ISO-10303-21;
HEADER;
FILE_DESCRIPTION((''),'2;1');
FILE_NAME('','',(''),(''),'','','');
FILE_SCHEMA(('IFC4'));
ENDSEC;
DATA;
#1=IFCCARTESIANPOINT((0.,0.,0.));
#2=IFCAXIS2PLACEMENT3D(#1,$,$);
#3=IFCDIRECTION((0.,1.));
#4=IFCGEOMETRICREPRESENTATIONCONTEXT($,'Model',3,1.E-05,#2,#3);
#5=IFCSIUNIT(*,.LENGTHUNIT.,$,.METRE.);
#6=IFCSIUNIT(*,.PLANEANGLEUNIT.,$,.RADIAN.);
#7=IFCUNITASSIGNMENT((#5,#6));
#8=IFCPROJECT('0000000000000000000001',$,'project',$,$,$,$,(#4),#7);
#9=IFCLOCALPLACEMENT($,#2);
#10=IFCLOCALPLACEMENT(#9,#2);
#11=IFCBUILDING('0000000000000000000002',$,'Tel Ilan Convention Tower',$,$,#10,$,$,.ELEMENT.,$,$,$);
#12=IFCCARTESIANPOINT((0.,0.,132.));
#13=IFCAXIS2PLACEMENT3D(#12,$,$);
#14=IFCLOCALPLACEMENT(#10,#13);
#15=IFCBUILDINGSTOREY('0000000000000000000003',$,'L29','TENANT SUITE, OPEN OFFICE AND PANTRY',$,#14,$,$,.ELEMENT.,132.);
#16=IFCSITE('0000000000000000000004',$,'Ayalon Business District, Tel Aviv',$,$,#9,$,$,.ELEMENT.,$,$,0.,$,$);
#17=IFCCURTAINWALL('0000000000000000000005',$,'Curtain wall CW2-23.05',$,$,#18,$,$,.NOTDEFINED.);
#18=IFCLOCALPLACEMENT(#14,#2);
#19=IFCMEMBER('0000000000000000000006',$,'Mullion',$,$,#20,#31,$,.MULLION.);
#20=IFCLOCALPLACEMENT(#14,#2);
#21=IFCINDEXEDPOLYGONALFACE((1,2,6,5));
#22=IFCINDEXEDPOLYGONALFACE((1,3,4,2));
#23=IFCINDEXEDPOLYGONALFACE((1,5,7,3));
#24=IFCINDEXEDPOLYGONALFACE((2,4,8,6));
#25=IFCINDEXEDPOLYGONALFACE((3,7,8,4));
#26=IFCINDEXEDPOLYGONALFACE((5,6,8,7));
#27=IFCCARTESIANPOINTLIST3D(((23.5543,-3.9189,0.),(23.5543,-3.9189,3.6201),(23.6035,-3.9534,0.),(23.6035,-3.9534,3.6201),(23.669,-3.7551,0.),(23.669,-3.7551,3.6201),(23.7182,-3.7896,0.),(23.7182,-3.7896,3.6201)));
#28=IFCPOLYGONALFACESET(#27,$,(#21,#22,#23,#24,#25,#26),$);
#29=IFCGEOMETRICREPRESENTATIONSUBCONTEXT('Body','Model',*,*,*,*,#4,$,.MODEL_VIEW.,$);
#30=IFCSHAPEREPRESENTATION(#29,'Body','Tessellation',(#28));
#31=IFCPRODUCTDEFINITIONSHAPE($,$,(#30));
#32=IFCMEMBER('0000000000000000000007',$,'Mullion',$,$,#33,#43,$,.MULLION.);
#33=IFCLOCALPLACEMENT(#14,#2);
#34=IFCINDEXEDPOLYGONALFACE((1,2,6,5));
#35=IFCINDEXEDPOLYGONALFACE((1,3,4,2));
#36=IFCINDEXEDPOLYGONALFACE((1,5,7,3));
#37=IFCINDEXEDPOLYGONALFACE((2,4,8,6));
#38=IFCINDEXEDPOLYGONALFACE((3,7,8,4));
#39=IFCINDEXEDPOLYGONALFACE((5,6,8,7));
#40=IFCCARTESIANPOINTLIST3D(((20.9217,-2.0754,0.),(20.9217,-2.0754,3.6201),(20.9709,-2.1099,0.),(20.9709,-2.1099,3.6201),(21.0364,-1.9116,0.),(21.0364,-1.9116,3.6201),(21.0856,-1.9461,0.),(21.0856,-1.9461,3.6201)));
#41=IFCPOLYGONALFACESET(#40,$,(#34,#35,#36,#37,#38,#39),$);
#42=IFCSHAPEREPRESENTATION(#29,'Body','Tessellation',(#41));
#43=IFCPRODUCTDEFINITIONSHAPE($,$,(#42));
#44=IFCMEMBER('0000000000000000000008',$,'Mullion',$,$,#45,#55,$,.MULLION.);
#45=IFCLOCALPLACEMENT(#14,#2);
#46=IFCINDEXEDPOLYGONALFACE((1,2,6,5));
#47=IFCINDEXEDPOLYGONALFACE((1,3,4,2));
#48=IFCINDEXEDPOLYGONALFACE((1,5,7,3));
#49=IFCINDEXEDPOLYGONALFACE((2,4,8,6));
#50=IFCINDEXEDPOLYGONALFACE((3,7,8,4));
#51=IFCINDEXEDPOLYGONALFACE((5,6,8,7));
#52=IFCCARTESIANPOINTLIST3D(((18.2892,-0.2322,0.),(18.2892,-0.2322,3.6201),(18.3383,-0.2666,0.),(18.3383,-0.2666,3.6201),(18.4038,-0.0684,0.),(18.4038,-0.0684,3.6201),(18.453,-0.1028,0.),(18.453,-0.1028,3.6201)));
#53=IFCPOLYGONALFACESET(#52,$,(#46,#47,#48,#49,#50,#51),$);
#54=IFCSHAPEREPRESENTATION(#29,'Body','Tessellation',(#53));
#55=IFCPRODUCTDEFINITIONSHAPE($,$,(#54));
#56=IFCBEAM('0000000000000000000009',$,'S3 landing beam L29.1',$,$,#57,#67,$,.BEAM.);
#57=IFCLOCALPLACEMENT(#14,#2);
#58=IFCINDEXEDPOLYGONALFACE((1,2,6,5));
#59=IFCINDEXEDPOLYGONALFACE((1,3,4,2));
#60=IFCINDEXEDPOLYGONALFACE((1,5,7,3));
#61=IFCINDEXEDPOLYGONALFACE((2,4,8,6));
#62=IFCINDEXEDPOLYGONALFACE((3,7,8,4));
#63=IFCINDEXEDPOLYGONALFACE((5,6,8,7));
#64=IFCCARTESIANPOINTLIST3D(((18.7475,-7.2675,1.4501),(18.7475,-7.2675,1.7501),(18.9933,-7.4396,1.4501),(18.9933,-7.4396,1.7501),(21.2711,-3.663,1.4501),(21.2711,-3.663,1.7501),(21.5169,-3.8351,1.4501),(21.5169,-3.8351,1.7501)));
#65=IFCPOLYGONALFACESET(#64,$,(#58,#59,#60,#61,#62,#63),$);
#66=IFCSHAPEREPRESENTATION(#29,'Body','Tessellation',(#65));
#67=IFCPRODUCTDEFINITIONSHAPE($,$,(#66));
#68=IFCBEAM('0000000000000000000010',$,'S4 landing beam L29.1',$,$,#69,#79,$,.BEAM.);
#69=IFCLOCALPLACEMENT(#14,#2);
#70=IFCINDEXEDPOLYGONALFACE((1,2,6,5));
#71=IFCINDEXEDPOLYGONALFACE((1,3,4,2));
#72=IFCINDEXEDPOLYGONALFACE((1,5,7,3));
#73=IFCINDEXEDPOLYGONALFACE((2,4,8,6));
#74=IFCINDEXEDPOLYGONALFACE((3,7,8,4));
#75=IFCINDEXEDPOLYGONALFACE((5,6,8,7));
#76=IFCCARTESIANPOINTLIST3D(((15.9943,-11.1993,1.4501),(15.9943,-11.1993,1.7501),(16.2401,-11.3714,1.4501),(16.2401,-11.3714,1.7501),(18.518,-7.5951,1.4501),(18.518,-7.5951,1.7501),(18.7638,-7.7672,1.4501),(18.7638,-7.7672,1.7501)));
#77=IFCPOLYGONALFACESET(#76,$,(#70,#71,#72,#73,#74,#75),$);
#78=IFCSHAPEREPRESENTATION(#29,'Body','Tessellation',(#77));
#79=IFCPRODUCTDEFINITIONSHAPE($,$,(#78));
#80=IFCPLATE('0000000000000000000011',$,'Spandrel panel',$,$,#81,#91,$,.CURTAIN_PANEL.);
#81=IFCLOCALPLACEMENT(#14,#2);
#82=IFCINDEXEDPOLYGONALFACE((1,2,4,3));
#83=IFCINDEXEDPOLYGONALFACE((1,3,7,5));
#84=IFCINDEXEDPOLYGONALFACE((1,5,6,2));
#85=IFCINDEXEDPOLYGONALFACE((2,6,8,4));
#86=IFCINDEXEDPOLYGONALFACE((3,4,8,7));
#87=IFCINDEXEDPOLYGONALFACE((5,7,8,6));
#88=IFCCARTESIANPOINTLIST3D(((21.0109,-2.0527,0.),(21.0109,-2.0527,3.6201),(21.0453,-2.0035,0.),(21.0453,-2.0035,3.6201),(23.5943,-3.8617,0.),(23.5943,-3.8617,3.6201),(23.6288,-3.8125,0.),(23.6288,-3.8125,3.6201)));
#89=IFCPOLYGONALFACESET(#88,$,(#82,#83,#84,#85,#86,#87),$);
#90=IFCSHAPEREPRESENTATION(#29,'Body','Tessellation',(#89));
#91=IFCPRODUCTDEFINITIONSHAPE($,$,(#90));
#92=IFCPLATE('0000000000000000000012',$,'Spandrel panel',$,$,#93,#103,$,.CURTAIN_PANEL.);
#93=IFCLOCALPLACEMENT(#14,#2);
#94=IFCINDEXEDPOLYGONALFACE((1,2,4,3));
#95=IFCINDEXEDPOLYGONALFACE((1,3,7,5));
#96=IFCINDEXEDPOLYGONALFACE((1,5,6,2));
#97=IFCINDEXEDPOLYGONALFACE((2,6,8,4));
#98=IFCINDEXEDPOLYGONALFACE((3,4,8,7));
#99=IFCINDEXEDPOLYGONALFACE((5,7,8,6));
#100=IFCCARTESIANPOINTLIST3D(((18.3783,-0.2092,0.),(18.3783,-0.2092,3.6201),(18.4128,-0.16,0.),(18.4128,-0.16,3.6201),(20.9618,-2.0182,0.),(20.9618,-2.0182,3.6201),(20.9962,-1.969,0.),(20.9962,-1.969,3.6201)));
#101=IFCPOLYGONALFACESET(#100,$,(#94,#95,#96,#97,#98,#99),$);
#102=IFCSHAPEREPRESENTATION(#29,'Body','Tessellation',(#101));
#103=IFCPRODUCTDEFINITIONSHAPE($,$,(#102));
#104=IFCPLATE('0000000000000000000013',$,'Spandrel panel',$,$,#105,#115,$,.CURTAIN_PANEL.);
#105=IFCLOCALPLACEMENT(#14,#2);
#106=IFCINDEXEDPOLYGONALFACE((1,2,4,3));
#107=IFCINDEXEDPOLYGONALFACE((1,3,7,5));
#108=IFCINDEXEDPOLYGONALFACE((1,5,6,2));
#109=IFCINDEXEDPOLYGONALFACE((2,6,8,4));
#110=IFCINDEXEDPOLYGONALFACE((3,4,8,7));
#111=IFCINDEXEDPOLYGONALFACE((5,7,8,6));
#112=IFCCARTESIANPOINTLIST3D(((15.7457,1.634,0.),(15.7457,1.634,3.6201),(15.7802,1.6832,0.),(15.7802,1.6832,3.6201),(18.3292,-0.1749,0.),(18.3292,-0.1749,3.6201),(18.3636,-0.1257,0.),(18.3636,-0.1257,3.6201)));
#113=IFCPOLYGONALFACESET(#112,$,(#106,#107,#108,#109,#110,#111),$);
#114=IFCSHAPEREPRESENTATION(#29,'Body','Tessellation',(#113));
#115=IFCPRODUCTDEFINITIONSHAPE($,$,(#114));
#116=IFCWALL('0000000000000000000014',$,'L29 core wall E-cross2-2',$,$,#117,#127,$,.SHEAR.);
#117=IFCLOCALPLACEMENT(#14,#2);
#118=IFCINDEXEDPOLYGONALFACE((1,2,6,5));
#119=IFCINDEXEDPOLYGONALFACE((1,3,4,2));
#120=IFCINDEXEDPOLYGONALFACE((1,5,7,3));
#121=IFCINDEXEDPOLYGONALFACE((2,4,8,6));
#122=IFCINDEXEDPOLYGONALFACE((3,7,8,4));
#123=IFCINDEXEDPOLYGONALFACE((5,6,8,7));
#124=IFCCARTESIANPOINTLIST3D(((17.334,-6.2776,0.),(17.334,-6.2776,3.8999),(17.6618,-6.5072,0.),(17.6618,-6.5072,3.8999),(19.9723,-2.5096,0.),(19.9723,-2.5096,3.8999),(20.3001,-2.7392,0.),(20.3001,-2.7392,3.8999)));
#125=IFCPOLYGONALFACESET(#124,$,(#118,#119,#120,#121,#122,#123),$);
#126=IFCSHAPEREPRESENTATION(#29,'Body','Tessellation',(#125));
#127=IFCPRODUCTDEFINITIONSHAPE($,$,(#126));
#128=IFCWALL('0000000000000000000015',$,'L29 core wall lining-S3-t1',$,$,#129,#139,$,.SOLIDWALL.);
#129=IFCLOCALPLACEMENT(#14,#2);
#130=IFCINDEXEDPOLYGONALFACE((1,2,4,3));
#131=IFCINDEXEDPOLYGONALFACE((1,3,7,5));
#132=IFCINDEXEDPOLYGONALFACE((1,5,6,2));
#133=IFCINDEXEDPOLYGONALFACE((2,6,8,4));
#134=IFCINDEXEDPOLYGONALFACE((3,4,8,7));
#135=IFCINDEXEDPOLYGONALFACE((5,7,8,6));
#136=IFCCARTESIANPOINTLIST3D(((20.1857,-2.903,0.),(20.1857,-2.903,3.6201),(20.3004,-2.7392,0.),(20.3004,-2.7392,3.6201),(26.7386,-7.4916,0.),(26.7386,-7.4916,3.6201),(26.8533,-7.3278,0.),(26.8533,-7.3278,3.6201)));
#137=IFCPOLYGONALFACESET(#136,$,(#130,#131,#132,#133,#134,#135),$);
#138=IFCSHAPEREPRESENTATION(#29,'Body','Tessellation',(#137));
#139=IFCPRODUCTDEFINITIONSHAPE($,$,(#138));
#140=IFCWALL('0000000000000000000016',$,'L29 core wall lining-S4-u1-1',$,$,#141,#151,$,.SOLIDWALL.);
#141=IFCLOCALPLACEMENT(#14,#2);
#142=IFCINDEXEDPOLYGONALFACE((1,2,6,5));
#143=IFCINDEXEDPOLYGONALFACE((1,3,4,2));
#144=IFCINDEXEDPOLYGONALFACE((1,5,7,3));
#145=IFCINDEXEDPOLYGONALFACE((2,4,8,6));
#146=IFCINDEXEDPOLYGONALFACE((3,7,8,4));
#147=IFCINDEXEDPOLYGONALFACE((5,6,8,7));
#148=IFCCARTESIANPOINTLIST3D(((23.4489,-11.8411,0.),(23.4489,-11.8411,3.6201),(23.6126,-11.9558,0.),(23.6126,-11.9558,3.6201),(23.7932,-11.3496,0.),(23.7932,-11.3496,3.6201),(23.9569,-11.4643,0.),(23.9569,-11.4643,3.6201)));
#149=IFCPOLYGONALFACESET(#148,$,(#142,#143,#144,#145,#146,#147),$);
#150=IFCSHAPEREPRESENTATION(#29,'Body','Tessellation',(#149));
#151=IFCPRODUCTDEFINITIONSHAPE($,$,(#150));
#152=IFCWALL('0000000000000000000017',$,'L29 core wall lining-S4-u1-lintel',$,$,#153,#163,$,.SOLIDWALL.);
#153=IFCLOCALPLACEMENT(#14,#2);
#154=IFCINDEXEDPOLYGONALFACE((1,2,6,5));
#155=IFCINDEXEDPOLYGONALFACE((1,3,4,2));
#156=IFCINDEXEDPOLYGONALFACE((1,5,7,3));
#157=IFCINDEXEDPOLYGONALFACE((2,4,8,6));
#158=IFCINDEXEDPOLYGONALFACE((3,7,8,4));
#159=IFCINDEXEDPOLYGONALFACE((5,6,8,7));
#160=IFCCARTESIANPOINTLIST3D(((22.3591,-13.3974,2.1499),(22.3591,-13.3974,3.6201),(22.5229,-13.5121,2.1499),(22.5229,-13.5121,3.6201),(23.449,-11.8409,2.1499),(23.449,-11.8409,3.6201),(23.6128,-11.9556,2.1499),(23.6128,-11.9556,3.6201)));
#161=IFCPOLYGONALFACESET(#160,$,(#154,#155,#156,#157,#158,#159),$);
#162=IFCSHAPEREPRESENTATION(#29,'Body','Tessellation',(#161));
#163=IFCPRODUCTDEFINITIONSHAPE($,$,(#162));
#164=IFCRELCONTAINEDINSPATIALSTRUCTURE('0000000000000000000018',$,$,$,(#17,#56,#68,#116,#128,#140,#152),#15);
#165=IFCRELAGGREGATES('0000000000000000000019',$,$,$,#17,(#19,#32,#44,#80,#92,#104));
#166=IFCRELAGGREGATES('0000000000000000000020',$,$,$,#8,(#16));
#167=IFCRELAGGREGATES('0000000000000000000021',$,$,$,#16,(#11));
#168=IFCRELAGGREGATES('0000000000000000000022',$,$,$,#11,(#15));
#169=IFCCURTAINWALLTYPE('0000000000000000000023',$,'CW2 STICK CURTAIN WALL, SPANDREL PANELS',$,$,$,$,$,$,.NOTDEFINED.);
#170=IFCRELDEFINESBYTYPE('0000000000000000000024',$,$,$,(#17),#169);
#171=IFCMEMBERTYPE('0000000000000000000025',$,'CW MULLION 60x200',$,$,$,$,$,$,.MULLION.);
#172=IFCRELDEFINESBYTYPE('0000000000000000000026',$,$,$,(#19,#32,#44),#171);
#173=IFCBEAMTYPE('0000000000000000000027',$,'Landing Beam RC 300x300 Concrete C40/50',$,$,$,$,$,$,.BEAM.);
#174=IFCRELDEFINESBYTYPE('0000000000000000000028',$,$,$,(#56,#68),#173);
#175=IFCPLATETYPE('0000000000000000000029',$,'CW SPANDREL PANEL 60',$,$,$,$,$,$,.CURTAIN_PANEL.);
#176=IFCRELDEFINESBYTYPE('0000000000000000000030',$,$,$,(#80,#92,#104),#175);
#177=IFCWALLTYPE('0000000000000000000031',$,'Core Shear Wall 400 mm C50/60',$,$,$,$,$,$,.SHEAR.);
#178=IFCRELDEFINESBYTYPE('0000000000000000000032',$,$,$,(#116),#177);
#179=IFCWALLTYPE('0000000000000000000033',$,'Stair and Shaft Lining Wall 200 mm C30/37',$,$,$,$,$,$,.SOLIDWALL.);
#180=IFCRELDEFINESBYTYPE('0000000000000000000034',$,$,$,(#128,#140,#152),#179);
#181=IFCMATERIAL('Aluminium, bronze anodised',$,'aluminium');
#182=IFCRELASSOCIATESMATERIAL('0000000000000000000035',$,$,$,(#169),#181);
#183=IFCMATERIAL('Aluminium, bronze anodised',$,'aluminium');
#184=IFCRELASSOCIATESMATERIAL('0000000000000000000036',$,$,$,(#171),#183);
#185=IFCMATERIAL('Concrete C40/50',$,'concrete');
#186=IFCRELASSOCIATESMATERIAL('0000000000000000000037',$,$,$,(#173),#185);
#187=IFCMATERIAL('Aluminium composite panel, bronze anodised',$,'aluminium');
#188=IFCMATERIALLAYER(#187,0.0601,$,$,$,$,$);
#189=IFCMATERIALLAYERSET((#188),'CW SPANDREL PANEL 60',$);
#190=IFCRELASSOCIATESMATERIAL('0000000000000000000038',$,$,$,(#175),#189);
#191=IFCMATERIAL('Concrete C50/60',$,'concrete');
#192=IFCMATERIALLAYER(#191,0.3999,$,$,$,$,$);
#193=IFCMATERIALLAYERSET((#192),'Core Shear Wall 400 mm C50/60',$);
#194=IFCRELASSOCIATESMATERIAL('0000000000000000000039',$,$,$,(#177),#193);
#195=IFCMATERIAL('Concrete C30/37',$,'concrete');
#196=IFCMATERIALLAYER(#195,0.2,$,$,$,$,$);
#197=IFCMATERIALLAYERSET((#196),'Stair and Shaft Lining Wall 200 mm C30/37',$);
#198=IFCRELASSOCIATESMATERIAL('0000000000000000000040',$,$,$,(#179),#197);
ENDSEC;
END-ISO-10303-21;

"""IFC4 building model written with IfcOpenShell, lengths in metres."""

from ifc_helpers import new_model, si_unit, direction, frame, frame_2d, origin, origin_2d, place, context, subcontext, project, spatial, polyline, rectangle, outline, extrude, material, layer, layer_set, material_profile, profile_set, type_object, element, aggregate, save


model = new_model("IFC4")

# Units and contexts
model_context = context("Model", 3, precision=1e-05, world=origin(), true_north=direction((0.0, 1.0)))
body_context = subcontext(model_context, "Body", "Model", "MODEL_VIEW")
ifc_project = project(units=[si_unit("LENGTHUNIT", "METRE"), si_unit("PLANEANGLEUNIT", "RADIAN")], contexts=[model_context])

# Site, building, storey
site_placement = place(None, origin())
site = spatial("IfcSite", under=ifc_project, at=site_placement, Name="Ayalon Business District, Tel Aviv", CompositionType="ELEMENT", RefElevation=0.0)
building_placement = place(site_placement, origin())
building = spatial("IfcBuilding", under=site, at=building_placement, Name="Tel Ilan Convention Tower", CompositionType="ELEMENT")
storey_placement = place(building_placement, frame((0.0, 0.0, 132.0)))
storey = spatial("IfcBuildingStorey", under=building, at=storey_placement, Name="L29", Description="TENANT SUITE, OPEN OFFICE AND PANTRY", CompositionType="ELEMENT", Elevation=132.0)

# Curtain wall, members
ifc_material_1 = material(Name="Aluminium, bronze anodised", Category="aluminium")
curtain_wall_type = type_object("IfcCurtainWallType", Name="CW2 STICK CURTAIN WALL, SPANDREL PANELS", PredefinedType="NOTDEFINED", material=ifc_material_1)
curtain_wall_placement = place(storey_placement, origin())
curtain_wall = element("IfcCurtainWall", 1, at=curtain_wall_placement, inside=storey, type_object=curtain_wall_type, Name="Curtain wall CW2-23.05", PredefinedType="NOTDEFINED")
ifc_material_2 = material(Name="Aluminium, bronze anodised", Category="aluminium")
ifc_material_profile_1 = material_profile(ifc_material_2, rectangle(XDim=0.0601, YDim=0.2, at=origin_2d()), Name="CW MULLION 60x200")
ifc_profile_set_1 = profile_set([ifc_material_profile_1], Name="Aluminium, bronze anodised")
member_type = type_object("IfcMemberType", Name="CW MULLION 60x200", PredefinedType="MULLION", material=ifc_profile_set_1)
member_1_placement = place(storey_placement, frame((23.6362, -3.8542, 0.0), z_axis=(0.0, 0.0, 1.0), x_axis=(-0.819152, 0.573576, 0.0)))
member_1 = element("IfcMember", 2, at=member_1_placement, type_object=member_type, Name="Mullion", PredefinedType="MULLION", context=body_context, shape_type="SweptSolid", body=[
    extrude(rectangle(XDim=0.0601, YDim=0.2, at=origin_2d()), origin(), (0.0, 0.0, 1.0), 3.6201),
])
member_2_placement = place(storey_placement, frame((21.0037, -2.0107, 0.0), z_axis=(0.0, 0.0, 1.0), x_axis=(-0.819152, 0.573576, 0.0)))
member_2 = element("IfcMember", 3, at=member_2_placement, type_object=member_type, Name="Mullion", PredefinedType="MULLION", context=body_context, shape_type="SweptSolid", body=[
    extrude(rectangle(XDim=0.0601, YDim=0.2, at=origin_2d()), origin(), (0.0, 0.0, 1.0), 3.6201),
])
member_3_placement = place(storey_placement, frame((18.3711, -0.1675, 0.0), z_axis=(0.0, 0.0, 1.0), x_axis=(-0.819152, 0.573576, 0.0)))
member_3 = element("IfcMember", 4, at=member_3_placement, type_object=member_type, Name="Mullion", PredefinedType="MULLION", context=body_context, shape_type="SweptSolid", body=[
    extrude(rectangle(XDim=0.0601, YDim=0.2, at=origin_2d()), origin(), (0.0, 0.0, 1.0), 3.6201),
])

# Beams
ifc_material_3 = material(Name="Concrete C40/50", Category="concrete")
ifc_material_profile_2 = material_profile(ifc_material_3, rectangle(XDim=0.3, YDim=0.3, at=origin_2d()), Name="RC 300x300")
ifc_profile_set_2 = profile_set([ifc_material_profile_2], Name="Concrete C40/50")
beam_type = type_object("IfcBeamType", Name="Landing Beam RC 300x300 Concrete C40/50", PredefinedType="BEAM", material=ifc_profile_set_2)
beam_1_placement = place(storey_placement, frame((21.394, -3.749, 1.6001), z_axis=(-0.573544, -0.819175, 0.0), x_axis=(0.819175, -0.573544, 0.0)))
element("IfcBeam", 5, at=beam_1_placement, inside=storey, type_object=beam_type, Name="S3 landing beam L29.1", PredefinedType="BEAM", context=body_context, shape_type="SweptSolid", body=[
    extrude(rectangle(XDim=0.3, YDim=0.3, at=origin_2d()), origin(), (0.0, 0.0, 1.0), 4.4001),
])
beam_2_placement = place(storey_placement, frame((18.6409, -7.6812, 1.6001), z_axis=(-0.57357, -0.819156, 0.0), x_axis=(0.819156, -0.57357, 0.0)))
element("IfcBeam", 6, at=beam_2_placement, inside=storey, type_object=beam_type, Name="S4 landing beam L29.1", PredefinedType="BEAM", context=body_context, shape_type="SweptSolid", body=[
    extrude(rectangle(XDim=0.3, YDim=0.3, at=origin_2d()), origin(), (0.0, 0.0, 1.0), 4.3999),
])

# Plates
ifc_material_4 = material(Name="Aluminium composite panel, bronze anodised", Category="aluminium")
ifc_layer_1 = layer(ifc_material_4, 0.0601)
ifc_layer_set_1 = layer_set([ifc_layer_1], Name="CW SPANDREL PANEL 60")
plate_type = type_object("IfcPlateType", Name="CW SPANDREL PANEL 60", PredefinedType="CURTAIN_PANEL", material=ifc_layer_set_1)
plate_1_placement = place(storey_placement, frame((22.3198, -2.9326, 0.0), z_axis=(0.0, 0.0, 1.0), x_axis=(-0.819152, 0.573576, 0.0)))
plate_1 = element("IfcPlate", 7, at=plate_1_placement, type_object=plate_type, Name="Spandrel panel", PredefinedType="CURTAIN_PANEL", context=body_context, shape_type="SweptSolid", body=[
    extrude(rectangle(XDim=3.1538, YDim=0.0601, at=origin_2d()), origin(), (0.0, 0.0, 1.0), 3.6201),
])
plate_2_placement = place(storey_placement, frame((19.6873, -1.0891, 0.0), z_axis=(0.0, 0.0, 1.0), x_axis=(-0.819152, 0.573576, 0.0)))
plate_2 = element("IfcPlate", 8, at=plate_2_placement, type_object=plate_type, Name="Spandrel panel", PredefinedType="CURTAIN_PANEL", context=body_context, shape_type="SweptSolid", body=[
    extrude(rectangle(XDim=3.1538, YDim=0.0601, at=origin_2d()), origin(), (0.0, 0.0, 1.0), 3.6201),
])
plate_3_placement = place(storey_placement, frame((17.0547, 0.7542, 0.0), z_axis=(0.0, 0.0, 1.0), x_axis=(-0.819152, 0.573576, 0.0)))
plate_3 = element("IfcPlate", 9, at=plate_3_placement, type_object=plate_type, Name="Spandrel panel", PredefinedType="CURTAIN_PANEL", context=body_context, shape_type="SweptSolid", body=[
    extrude(rectangle(XDim=3.1538, YDim=0.0601, at=origin_2d()), origin(), (0.0, 0.0, 1.0), 3.6201),
])
aggregate(curtain_wall, [member_1, member_2, member_3, plate_1, plate_2, plate_3])

# Walls
ifc_material_5 = material(Name="Concrete C50/60", Category="concrete")
ifc_layer_2 = layer(ifc_material_5, 0.3999)
ifc_layer_set_2 = layer_set([ifc_layer_2], Name="Core Shear Wall 400 mm C50/60")
wall_type_1 = type_object("IfcWallType", Name="Core Shear Wall 400 mm C50/60", PredefinedType="SHEAR", material=ifc_layer_set_2)
wall_1_placement = place(storey_placement, frame((17.4978, -6.3923, 0.0), z_axis=(0.0, 0.0, 1.0), x_axis=(0.573612, 0.819127, 0.0)))
element("IfcWall", 10, at=wall_1_placement, inside=storey, type_object=wall_type_1, Name="L29 core wall E-cross2-2", PredefinedType="SHEAR", context=body_context, shape_type="SweptSolid", body=[
    extrude(outline(polyline([(4.5999, -0.2), (4.5999, 0.2002), (0.0, 0.2), (0.0, -0.2002), (4.5999, -0.2)])), origin(), (0.0, 0.0, 1.0), 3.8999),
])
ifc_material_6 = material(Name="Concrete C30/37", Category="concrete")
ifc_layer_3 = layer(ifc_material_6, 0.2)
ifc_layer_set_3 = layer_set([ifc_layer_3], Name="Stair and Shaft Lining Wall 200 mm C30/37")
wall_type_2 = type_object("IfcWallType", Name="Stair and Shaft Lining Wall 200 mm C30/37", PredefinedType="SOLIDWALL", material=ifc_layer_set_3)
wall_2_placement = place(storey_placement, frame((20.2429, -2.821, 0.0), z_axis=(0.0, 0.0, 1.0), x_axis=(0.819142, -0.573591, 0.0)))
element("IfcWall", 11, at=wall_2_placement, inside=storey, type_object=wall_type_2, Name="L29 core wall lining-S3-t1", PredefinedType="SOLIDWALL", context=body_context, shape_type="SweptSolid", body=[
    extrude(rectangle(XDim=7.9998, YDim=0.2, at=frame_2d((4.0, 0.0))), origin(), (0.0, 0.0, 1.0), 3.6201),
])
wall_3_placement = place(storey_placement, frame((23.5308, -11.8984, 0.0), z_axis=(0.0, 0.0, 1.0), x_axis=(0.573708, 0.81906, 0.0)))
element("IfcWall", 12, at=wall_3_placement, inside=storey, type_object=wall_type_2, Name="L29 core wall lining-S4-u1-1", PredefinedType="SOLIDWALL", context=body_context, shape_type="SweptSolid", body=[
    extrude(rectangle(XDim=0.6001, YDim=0.2, at=frame_2d((0.3, 0.0))), origin(), (0.0, 0.0, 1.0), 3.6201),
])
wall_4_placement = place(storey_placement, frame((22.4409, -13.4548, 2.1499), z_axis=(0.0, 0.0, 1.0), x_axis=(0.573592, 0.819141, 0.0)))
element("IfcWall", 13, at=wall_4_placement, inside=storey, type_object=wall_type_2, Name="L29 core wall lining-S4-u1-lintel", PredefinedType="SOLIDWALL", context=body_context, shape_type="SweptSolid", body=[
    extrude(rectangle(XDim=1.9001, YDim=0.2, at=frame_2d((0.9502, 0.0))), origin(), (0.0, 0.0, 1.0), 1.4702),
])

save(model, "model.ifc")
